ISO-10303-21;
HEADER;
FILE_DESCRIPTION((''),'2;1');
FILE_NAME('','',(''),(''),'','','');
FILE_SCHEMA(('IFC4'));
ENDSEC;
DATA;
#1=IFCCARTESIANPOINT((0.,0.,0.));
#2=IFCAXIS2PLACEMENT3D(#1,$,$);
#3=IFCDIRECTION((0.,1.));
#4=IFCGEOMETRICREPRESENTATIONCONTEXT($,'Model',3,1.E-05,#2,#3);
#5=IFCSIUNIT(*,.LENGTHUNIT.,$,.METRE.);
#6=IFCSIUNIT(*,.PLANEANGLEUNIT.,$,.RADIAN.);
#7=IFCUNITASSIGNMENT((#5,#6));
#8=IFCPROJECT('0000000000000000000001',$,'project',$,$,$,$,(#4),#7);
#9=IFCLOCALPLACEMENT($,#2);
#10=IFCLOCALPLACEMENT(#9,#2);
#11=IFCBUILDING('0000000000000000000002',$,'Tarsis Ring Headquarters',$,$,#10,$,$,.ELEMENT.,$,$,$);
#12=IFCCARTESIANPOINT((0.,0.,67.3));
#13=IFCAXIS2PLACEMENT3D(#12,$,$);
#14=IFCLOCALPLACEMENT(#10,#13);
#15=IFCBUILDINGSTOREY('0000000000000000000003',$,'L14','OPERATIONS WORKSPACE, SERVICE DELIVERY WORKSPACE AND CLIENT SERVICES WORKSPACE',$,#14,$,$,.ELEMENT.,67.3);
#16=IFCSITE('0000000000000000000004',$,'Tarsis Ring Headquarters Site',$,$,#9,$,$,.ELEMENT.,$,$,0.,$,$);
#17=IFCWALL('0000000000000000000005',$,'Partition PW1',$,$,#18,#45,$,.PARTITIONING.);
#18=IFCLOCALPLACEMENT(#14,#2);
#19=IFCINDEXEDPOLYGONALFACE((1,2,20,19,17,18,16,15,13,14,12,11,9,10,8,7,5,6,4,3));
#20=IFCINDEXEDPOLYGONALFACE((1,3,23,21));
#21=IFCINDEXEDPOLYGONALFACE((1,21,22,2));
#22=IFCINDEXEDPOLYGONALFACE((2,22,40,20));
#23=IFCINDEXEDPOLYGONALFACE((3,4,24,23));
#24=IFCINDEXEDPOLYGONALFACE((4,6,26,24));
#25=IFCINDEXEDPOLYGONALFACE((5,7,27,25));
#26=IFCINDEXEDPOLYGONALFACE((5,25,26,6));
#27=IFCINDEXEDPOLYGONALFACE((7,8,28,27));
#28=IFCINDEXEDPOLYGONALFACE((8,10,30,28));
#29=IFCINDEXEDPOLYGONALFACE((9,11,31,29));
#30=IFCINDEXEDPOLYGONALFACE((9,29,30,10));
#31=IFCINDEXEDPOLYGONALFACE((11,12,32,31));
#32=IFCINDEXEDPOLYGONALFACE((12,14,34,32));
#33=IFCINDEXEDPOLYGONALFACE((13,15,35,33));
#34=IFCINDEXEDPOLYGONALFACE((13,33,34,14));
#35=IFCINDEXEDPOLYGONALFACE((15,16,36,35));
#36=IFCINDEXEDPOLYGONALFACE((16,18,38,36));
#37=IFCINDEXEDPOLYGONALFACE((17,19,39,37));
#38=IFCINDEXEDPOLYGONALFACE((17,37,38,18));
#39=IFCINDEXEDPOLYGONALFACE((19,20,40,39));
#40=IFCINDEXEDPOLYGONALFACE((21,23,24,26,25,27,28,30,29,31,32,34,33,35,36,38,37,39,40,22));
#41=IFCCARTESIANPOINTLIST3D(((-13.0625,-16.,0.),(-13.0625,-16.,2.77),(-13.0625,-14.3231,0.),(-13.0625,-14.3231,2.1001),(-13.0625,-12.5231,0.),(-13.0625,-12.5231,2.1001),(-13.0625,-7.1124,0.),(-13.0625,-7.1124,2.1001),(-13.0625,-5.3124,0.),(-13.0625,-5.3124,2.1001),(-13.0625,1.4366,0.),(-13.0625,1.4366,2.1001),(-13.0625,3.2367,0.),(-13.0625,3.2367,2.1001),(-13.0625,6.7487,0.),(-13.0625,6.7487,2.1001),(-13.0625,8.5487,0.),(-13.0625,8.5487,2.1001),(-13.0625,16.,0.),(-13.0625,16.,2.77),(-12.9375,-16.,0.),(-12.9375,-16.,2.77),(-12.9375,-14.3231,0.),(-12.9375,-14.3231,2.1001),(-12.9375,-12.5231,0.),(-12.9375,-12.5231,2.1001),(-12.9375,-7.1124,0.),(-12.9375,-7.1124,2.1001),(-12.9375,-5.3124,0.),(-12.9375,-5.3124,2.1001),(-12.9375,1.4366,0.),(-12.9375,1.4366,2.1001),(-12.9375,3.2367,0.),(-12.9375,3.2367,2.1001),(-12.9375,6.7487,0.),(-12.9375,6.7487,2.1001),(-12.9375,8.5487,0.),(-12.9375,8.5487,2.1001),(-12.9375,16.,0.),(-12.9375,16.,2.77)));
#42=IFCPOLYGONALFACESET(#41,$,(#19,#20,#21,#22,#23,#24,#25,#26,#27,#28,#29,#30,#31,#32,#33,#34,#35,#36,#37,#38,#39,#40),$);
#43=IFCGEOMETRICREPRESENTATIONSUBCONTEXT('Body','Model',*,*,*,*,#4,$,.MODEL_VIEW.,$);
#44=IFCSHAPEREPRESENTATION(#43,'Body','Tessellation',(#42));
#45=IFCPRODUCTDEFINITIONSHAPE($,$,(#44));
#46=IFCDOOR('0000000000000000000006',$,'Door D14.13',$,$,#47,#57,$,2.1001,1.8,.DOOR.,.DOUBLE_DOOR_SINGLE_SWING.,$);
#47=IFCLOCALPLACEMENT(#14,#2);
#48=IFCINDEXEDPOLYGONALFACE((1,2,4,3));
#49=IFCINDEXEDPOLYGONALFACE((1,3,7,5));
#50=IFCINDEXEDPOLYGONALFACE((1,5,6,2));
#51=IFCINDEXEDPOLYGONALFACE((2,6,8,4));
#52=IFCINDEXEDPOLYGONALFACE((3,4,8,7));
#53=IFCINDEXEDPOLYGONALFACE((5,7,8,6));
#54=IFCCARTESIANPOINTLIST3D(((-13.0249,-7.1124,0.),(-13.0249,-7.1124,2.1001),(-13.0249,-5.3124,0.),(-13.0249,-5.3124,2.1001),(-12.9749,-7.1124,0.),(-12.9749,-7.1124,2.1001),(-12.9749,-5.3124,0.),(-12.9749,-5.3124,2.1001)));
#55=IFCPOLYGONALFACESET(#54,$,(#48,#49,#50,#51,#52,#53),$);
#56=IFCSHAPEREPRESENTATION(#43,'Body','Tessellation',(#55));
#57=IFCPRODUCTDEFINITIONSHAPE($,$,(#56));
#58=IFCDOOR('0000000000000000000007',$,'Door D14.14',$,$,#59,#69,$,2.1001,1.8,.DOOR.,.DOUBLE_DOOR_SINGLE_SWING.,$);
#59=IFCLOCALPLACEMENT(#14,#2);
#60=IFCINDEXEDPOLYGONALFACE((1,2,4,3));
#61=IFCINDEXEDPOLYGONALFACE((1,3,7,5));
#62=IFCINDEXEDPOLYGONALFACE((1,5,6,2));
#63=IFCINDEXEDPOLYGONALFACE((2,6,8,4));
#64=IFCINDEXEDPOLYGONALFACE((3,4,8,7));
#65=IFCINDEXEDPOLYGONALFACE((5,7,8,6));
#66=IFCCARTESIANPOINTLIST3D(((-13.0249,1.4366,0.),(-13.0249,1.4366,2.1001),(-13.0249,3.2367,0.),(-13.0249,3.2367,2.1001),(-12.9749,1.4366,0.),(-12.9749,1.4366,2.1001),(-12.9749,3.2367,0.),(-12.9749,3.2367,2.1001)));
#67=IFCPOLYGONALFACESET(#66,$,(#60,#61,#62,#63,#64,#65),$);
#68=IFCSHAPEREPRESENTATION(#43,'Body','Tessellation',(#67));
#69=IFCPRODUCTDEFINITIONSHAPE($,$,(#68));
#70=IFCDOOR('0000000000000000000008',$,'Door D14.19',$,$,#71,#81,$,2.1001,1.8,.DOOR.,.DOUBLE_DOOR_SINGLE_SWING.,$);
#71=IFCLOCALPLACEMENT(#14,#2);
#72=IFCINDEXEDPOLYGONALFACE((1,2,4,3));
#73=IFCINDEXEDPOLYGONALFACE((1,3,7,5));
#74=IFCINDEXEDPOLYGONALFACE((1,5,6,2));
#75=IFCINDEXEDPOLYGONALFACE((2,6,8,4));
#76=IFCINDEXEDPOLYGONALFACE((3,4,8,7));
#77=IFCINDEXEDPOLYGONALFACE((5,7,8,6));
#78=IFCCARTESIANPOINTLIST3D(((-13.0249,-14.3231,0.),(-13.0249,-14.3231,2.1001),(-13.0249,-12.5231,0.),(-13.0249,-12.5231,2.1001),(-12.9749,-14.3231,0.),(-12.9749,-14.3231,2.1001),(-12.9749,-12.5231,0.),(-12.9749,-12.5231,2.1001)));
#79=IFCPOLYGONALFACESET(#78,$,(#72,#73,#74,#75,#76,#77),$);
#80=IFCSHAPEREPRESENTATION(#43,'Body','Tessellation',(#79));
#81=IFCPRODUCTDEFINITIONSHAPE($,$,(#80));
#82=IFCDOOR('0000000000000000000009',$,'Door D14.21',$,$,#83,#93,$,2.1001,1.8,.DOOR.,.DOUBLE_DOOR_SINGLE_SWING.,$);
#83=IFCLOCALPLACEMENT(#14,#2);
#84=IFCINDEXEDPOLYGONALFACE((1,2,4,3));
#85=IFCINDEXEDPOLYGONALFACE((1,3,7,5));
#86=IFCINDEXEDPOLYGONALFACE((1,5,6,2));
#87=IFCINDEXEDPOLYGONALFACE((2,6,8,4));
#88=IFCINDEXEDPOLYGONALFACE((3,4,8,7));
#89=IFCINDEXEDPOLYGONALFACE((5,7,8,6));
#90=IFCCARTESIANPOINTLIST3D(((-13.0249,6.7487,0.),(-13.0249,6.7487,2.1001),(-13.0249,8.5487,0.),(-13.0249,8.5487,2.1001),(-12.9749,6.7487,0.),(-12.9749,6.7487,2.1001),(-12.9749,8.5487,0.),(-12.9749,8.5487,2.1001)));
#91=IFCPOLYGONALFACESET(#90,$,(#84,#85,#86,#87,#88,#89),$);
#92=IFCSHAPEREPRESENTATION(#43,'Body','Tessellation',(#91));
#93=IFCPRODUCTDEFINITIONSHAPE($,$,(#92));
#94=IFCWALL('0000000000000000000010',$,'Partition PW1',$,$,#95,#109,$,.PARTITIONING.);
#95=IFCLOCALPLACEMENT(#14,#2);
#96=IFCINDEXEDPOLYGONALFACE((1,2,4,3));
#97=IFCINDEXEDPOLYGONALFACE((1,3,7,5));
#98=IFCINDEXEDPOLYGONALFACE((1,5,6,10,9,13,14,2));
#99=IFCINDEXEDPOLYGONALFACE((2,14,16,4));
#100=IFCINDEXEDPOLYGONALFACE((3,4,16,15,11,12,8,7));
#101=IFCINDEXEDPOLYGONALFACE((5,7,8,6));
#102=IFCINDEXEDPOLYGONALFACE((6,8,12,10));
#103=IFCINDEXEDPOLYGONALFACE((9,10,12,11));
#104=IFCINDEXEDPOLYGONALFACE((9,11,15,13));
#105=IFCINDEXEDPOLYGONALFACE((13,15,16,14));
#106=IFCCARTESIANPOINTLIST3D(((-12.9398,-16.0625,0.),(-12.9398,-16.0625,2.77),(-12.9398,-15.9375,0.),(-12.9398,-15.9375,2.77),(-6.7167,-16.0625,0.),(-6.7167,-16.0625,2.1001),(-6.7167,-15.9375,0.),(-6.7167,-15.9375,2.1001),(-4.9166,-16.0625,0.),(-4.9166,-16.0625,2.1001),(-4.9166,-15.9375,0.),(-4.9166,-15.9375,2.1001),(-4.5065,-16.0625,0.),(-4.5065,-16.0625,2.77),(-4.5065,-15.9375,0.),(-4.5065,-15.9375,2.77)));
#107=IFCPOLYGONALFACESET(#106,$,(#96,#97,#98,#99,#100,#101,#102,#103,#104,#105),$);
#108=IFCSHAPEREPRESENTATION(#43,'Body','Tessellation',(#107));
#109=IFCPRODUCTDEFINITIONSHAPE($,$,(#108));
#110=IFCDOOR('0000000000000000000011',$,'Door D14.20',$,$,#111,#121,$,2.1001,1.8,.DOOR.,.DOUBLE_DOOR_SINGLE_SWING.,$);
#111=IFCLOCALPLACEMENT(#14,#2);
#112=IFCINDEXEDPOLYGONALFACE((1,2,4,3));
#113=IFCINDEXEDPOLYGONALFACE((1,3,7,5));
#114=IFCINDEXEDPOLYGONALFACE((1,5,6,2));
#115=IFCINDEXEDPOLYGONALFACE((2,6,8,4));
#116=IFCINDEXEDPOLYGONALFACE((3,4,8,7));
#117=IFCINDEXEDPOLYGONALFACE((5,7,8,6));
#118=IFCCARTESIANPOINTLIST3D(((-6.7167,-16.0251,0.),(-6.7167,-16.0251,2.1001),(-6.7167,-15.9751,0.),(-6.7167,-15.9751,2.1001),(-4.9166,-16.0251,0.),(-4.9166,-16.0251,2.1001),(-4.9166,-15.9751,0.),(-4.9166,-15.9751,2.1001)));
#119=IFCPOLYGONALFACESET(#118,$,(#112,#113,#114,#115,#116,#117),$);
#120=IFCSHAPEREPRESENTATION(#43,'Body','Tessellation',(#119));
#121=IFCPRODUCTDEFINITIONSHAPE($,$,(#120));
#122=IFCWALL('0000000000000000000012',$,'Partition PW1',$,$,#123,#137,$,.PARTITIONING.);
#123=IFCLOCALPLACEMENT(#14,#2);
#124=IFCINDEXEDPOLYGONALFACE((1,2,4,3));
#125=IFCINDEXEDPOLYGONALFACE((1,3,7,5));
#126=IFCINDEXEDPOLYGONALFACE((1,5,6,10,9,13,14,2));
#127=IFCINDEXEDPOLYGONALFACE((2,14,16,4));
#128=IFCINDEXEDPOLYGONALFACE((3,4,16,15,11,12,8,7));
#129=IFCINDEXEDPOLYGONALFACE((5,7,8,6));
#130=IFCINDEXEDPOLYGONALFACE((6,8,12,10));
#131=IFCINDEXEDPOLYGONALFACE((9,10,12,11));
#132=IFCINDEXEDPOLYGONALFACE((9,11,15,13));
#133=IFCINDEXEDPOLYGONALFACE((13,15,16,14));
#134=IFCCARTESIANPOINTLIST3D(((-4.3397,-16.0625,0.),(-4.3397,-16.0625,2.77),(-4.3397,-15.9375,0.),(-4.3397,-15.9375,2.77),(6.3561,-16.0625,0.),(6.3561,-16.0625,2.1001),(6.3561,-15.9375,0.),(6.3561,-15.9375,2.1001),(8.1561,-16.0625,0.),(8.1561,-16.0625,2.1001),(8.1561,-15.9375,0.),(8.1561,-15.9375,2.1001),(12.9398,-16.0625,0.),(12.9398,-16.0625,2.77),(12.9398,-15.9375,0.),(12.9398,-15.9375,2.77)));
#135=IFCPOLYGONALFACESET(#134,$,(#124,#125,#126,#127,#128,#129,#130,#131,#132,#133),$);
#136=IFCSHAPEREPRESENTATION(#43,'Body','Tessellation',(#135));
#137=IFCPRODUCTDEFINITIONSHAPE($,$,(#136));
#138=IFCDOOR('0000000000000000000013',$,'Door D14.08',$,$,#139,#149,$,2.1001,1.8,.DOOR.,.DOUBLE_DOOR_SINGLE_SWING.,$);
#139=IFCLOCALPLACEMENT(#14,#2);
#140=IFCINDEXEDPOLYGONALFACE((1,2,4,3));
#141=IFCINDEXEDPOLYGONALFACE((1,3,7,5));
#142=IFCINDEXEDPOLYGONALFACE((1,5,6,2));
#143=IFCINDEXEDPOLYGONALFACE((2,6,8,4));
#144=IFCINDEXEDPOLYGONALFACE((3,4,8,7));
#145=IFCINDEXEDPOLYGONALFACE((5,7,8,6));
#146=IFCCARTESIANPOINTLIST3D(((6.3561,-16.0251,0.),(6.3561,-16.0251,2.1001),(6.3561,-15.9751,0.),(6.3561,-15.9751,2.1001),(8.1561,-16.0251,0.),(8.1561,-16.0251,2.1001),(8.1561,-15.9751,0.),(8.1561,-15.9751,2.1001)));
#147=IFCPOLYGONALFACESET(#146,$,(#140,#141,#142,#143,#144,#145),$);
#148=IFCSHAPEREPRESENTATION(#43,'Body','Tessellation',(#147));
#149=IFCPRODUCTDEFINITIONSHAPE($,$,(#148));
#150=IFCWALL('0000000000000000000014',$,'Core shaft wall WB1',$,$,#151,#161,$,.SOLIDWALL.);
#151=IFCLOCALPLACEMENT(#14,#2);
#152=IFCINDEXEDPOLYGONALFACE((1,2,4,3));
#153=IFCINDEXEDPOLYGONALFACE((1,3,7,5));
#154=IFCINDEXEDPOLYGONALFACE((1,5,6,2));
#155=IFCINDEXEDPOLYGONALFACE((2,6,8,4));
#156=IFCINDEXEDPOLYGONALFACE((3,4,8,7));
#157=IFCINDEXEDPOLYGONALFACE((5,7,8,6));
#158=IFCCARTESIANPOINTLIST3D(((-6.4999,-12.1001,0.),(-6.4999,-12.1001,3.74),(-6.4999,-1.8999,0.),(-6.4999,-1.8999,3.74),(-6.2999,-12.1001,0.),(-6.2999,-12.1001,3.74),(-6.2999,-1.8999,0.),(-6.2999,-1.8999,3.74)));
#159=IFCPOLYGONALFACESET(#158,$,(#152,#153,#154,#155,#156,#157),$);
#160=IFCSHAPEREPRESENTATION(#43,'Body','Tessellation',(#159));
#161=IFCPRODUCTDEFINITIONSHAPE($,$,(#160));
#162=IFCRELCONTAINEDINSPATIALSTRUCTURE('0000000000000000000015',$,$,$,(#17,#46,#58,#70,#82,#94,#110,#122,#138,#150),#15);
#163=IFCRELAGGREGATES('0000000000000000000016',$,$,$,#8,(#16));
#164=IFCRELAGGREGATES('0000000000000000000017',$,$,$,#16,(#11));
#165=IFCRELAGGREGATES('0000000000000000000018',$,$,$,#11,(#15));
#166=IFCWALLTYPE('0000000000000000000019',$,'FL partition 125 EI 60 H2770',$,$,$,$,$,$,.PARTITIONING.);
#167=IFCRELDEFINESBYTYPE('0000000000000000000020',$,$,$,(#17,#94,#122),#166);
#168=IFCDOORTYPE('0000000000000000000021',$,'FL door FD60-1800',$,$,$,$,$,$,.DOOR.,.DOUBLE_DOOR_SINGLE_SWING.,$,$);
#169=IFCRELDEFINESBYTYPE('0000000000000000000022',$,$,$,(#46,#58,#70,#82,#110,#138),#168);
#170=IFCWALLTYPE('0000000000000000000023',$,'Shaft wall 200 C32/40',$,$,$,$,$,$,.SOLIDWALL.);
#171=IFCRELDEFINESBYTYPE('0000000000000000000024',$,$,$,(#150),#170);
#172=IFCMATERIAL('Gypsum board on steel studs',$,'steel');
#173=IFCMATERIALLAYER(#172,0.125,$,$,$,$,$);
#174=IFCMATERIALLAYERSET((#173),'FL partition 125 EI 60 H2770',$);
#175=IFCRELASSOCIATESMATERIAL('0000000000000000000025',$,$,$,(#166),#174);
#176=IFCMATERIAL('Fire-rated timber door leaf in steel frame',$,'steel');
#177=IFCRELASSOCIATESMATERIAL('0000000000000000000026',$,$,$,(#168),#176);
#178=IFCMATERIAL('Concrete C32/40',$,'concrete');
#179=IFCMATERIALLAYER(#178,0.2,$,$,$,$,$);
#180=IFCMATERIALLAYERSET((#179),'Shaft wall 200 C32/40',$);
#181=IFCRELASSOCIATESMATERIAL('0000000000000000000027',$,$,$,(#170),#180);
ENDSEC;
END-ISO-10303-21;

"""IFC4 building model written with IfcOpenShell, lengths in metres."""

from ifc_helpers import new_model, si_unit, direction, frame, frame_2d, origin, place, context, subcontext, project, spatial, rectangle, extrude, material, layer, layer_set, type_object, element, fill, save


model = new_model("IFC4")

# Units and contexts
model_context = context("Model", 3, precision=1e-05, world=origin(), true_north=direction((0.0, 1.0)))
body_context = subcontext(model_context, "Body", "Model", "MODEL_VIEW")
ifc_project = project(units=[si_unit("LENGTHUNIT", "METRE"), si_unit("PLANEANGLEUNIT", "RADIAN")], contexts=[model_context])

# Site, building, storey
site_placement = place(None, origin())
site = spatial("IfcSite", under=ifc_project, at=site_placement, Name="Tarsis Ring Headquarters Site", CompositionType="ELEMENT", RefElevation=0.0)
building_placement = place(site_placement, origin())
building = spatial("IfcBuilding", under=site, at=building_placement, Name="Tarsis Ring Headquarters", CompositionType="ELEMENT")
storey_placement = place(building_placement, frame((0.0, 0.0, 67.3)))
storey = spatial("IfcBuildingStorey", under=building, at=storey_placement, Name="L14", Description="OPERATIONS WORKSPACE, SERVICE DELIVERY WORKSPACE AND CLIENT SERVICES WORKSPACE", CompositionType="ELEMENT", Elevation=67.3)

# Wall, openings, doors
ifc_material_1 = material(Name="Gypsum board on steel studs", Category="steel")
ifc_layer_1 = layer(ifc_material_1, 0.125)
ifc_layer_set_1 = layer_set([ifc_layer_1], Name="FL partition 125 EI 60 H2770")
wall_type_1 = type_object("IfcWallType", Name="FL partition 125 EI 60 H2770", PredefinedType="PARTITIONING", material=ifc_layer_set_1)
wall_1_placement = place(storey_placement, frame((-13.0, -16.0, 0.0), z_axis=(0.0, 0.0, 1.0), x_axis=(0.0, 1.0, 0.0)))
wall_1 = element("IfcWall", 1, at=wall_1_placement, inside=storey, type_object=wall_type_1, Name="Partition PW1", PredefinedType="PARTITIONING", context=body_context, shape_type="SweptSolid", body=[
    extrude(rectangle(XDim=32.0, YDim=0.125, at=frame_2d((16.0, 0.0))), origin(), (0.0, 0.0, 1.0), 2.77),
])
opening_1_placement = place(wall_1_placement, frame((8.8877, 0.0, 0.0)))
opening_1 = element("IfcOpeningElement", 2, at=opening_1_placement, cuts=wall_1, PredefinedType="OPENING", context=body_context, shape_type="SweptSolid", body=[
    extrude(rectangle(XDim=1.8, YDim=2.1001, at=frame_2d((0.8999, 1.05))), frame((0.0, 0.0725, 0.0), z_axis=(0.0, -1.0, 0.0), x_axis=(1.0, 0.0, 0.0)), (0.0, 0.0, 1.0), 0.145),
])
opening_2_placement = place(wall_1_placement, frame((17.4368, 0.0, 0.0)))
opening_2 = element("IfcOpeningElement", 3, at=opening_2_placement, cuts=wall_1, PredefinedType="OPENING", context=body_context, shape_type="SweptSolid", body=[
    extrude(rectangle(XDim=1.8, YDim=2.1001, at=frame_2d((0.8999, 1.05))), frame((0.0, 0.0725, 0.0), z_axis=(0.0, -1.0, 0.0), x_axis=(1.0, 0.0, 0.0)), (0.0, 0.0, 1.0), 0.145),
])
opening_3_placement = place(wall_1_placement, frame((1.677, 0.0, 0.0)))
opening_3 = element("IfcOpeningElement", 4, at=opening_3_placement, cuts=wall_1, PredefinedType="OPENING", context=body_context, shape_type="SweptSolid", body=[
    extrude(rectangle(XDim=1.8, YDim=2.1001, at=frame_2d((0.8999, 1.05))), frame((0.0, 0.0725, 0.0), z_axis=(0.0, -1.0, 0.0), x_axis=(1.0, 0.0, 0.0)), (0.0, 0.0, 1.0), 0.145),
])
opening_4_placement = place(wall_1_placement, frame((22.7488, 0.0, 0.0)))
opening_4 = element("IfcOpeningElement", 5, at=opening_4_placement, cuts=wall_1, PredefinedType="OPENING", context=body_context, shape_type="SweptSolid", body=[
    extrude(rectangle(XDim=1.8, YDim=2.1001, at=frame_2d((0.8999, 1.05))), frame((0.0, 0.0725, 0.0), z_axis=(0.0, -1.0, 0.0), x_axis=(1.0, 0.0, 0.0)), (0.0, 0.0, 1.0), 0.145),
])
ifc_material_2 = material(Name="Fire-rated timber door leaf in steel frame", Category="steel")
door_type_1 = type_object("IfcDoorType", Name="FL door FD60-1800", OperationType="DOUBLE_DOOR_SINGLE_SWING", PredefinedType="DOOR", material=ifc_material_2)
door_1_placement = place(opening_1_placement, origin())
door_1 = element("IfcDoor", 6, at=door_1_placement, inside=storey, type_object=door_type_1, Name="Door D14.13", OperationType="DOUBLE_DOOR_SINGLE_SWING", OverallHeight=2.1001, OverallWidth=1.8, PredefinedType="DOOR", context=body_context, shape_type="SweptSolid", body=[
    extrude(rectangle(XDim=1.8, YDim=2.1001, at=frame_2d((0.8999, 1.05))), frame((0.0, 0.0249, 0.0), z_axis=(0.0, -1.0, 0.0), x_axis=(1.0, 0.0, 0.0)), (0.0, 0.0, 1.0), 0.05),
])
fill(opening_1, door_1)
door_2_placement = place(opening_2_placement, origin())
door_2 = element("IfcDoor", 7, at=door_2_placement, inside=storey, type_object=door_type_1, Name="Door D14.14", OperationType="DOUBLE_DOOR_SINGLE_SWING", OverallHeight=2.1001, OverallWidth=1.8, PredefinedType="DOOR", context=body_context, shape_type="SweptSolid", body=[
    extrude(rectangle(XDim=1.8, YDim=2.1001, at=frame_2d((0.8999, 1.05))), frame((0.0, 0.0249, 0.0), z_axis=(0.0, -1.0, 0.0), x_axis=(1.0, 0.0, 0.0)), (0.0, 0.0, 1.0), 0.05),
])
fill(opening_2, door_2)
door_3_placement = place(opening_3_placement, origin())
door_3 = element("IfcDoor", 8, at=door_3_placement, inside=storey, type_object=door_type_1, Name="Door D14.19", OperationType="DOUBLE_DOOR_SINGLE_SWING", OverallHeight=2.1001, OverallWidth=1.8, PredefinedType="DOOR", context=body_context, shape_type="SweptSolid", body=[
    extrude(rectangle(XDim=1.8, YDim=2.1001, at=frame_2d((0.8999, 1.05))), frame((0.0, 0.0249, 0.0), z_axis=(0.0, -1.0, 0.0), x_axis=(1.0, 0.0, 0.0)), (0.0, 0.0, 1.0), 0.05),
])
fill(opening_3, door_3)
door_4_placement = place(opening_4_placement, origin())
door_4 = element("IfcDoor", 9, at=door_4_placement, inside=storey, type_object=door_type_1, Name="Door D14.21", OperationType="DOUBLE_DOOR_SINGLE_SWING", OverallHeight=2.1001, OverallWidth=1.8, PredefinedType="DOOR", context=body_context, shape_type="SweptSolid", body=[
    extrude(rectangle(XDim=1.8, YDim=2.1001, at=frame_2d((0.8999, 1.05))), frame((0.0, 0.0249, 0.0), z_axis=(0.0, -1.0, 0.0), x_axis=(1.0, 0.0, 0.0)), (0.0, 0.0, 1.0), 0.05),
])
fill(opening_4, door_4)

# Walls, openings, doors
wall_2_placement = place(storey_placement, frame((-12.9399, -16.0, 0.0), z_axis=(0.0, 0.0, 1.0), x_axis=(1.0, 0.0, 0.0)))
wall_2 = element("IfcWall", 10, at=wall_2_placement, inside=storey, type_object=wall_type_1, Name="Partition PW1", PredefinedType="PARTITIONING", context=body_context, shape_type="SweptSolid", body=[
    extrude(rectangle(XDim=8.4333, YDim=0.125, at=frame_2d((4.2168, 0.0))), origin(), (0.0, 0.0, 1.0), 2.77),
])
opening_5_placement = place(wall_2_placement, frame((6.2234, 0.0, 0.0)))
opening_5 = element("IfcOpeningElement", 11, at=opening_5_placement, cuts=wall_2, PredefinedType="OPENING", context=body_context, shape_type="SweptSolid", body=[
    extrude(rectangle(XDim=1.8, YDim=2.1001, at=frame_2d((0.8999, 1.05))), frame((0.0, 0.0725, 0.0), z_axis=(0.0, -1.0, 0.0), x_axis=(1.0, 0.0, 0.0)), (0.0, 0.0, 1.0), 0.145),
])
door_5_placement = place(opening_5_placement, origin())
door_5 = element("IfcDoor", 12, at=door_5_placement, inside=storey, type_object=door_type_1, Name="Door D14.20", OperationType="DOUBLE_DOOR_SINGLE_SWING", OverallHeight=2.1001, OverallWidth=1.8, PredefinedType="DOOR", context=body_context, shape_type="SweptSolid", body=[
    extrude(rectangle(XDim=1.8, YDim=2.1001, at=frame_2d((0.8999, 1.05))), frame((0.0, 0.0249, 0.0), z_axis=(0.0, -1.0, 0.0), x_axis=(1.0, 0.0, 0.0)), (0.0, 0.0, 1.0), 0.05),
])
fill(opening_5, door_5)
wall_3_placement = place(storey_placement, frame((-4.3396, -16.0, 0.0), z_axis=(0.0, 0.0, 1.0), x_axis=(1.0, 0.0, 0.0)))
wall_3 = element("IfcWall", 13, at=wall_3_placement, inside=storey, type_object=wall_type_1, Name="Partition PW1", PredefinedType="PARTITIONING", context=body_context, shape_type="SweptSolid", body=[
    extrude(rectangle(XDim=17.2795, YDim=0.125, at=frame_2d((8.6396, 0.0))), origin(), (0.0, 0.0, 1.0), 2.77),
])
opening_6_placement = place(wall_3_placement, frame((10.6958, 0.0, 0.0)))
opening_6 = element("IfcOpeningElement", 14, at=opening_6_placement, cuts=wall_3, PredefinedType="OPENING", context=body_context, shape_type="SweptSolid", body=[
    extrude(rectangle(XDim=1.8, YDim=2.1001, at=frame_2d((0.8999, 1.05))), frame((0.0, 0.0725, 0.0), z_axis=(0.0, -1.0, 0.0), x_axis=(1.0, 0.0, 0.0)), (0.0, 0.0, 1.0), 0.145),
])
door_6_placement = place(opening_6_placement, origin())
door_6 = element("IfcDoor", 15, at=door_6_placement, inside=storey, type_object=door_type_1, Name="Door D14.08", OperationType="DOUBLE_DOOR_SINGLE_SWING", OverallHeight=2.1001, OverallWidth=1.8, PredefinedType="DOOR", context=body_context, shape_type="SweptSolid", body=[
    extrude(rectangle(XDim=1.8, YDim=2.1001, at=frame_2d((0.8999, 1.05))), frame((0.0, 0.0249, 0.0), z_axis=(0.0, -1.0, 0.0), x_axis=(1.0, 0.0, 0.0)), (0.0, 0.0, 1.0), 0.05),
])
fill(opening_6, door_6)

# Wall
ifc_material_3 = material(Name="Concrete C32/40", Category="concrete")
ifc_layer_2 = layer(ifc_material_3, 0.2)
ifc_layer_set_2 = layer_set([ifc_layer_2], Name="Shaft wall 200 C32/40")
wall_type_2 = type_object("IfcWallType", Name="Shaft wall 200 C32/40", PredefinedType="SOLIDWALL", material=ifc_layer_set_2)
wall_4_placement = place(storey_placement, frame((-6.3999, -12.1001, 0.0), z_axis=(0.0, 0.0, 1.0), x_axis=(0.0, 1.0, 0.0)))
element("IfcWall", 16, at=wall_4_placement, inside=storey, type_object=wall_type_2, Name="Core shaft wall WB1", PredefinedType="SOLIDWALL", context=body_context, shape_type="SweptSolid", body=[
    extrude(rectangle(XDim=10.2002, YDim=0.2, at=frame_2d((5.1001, 0.0))), origin(), (0.0, 0.0, 1.0), 3.74),
])

save(model, "model.ifc")
